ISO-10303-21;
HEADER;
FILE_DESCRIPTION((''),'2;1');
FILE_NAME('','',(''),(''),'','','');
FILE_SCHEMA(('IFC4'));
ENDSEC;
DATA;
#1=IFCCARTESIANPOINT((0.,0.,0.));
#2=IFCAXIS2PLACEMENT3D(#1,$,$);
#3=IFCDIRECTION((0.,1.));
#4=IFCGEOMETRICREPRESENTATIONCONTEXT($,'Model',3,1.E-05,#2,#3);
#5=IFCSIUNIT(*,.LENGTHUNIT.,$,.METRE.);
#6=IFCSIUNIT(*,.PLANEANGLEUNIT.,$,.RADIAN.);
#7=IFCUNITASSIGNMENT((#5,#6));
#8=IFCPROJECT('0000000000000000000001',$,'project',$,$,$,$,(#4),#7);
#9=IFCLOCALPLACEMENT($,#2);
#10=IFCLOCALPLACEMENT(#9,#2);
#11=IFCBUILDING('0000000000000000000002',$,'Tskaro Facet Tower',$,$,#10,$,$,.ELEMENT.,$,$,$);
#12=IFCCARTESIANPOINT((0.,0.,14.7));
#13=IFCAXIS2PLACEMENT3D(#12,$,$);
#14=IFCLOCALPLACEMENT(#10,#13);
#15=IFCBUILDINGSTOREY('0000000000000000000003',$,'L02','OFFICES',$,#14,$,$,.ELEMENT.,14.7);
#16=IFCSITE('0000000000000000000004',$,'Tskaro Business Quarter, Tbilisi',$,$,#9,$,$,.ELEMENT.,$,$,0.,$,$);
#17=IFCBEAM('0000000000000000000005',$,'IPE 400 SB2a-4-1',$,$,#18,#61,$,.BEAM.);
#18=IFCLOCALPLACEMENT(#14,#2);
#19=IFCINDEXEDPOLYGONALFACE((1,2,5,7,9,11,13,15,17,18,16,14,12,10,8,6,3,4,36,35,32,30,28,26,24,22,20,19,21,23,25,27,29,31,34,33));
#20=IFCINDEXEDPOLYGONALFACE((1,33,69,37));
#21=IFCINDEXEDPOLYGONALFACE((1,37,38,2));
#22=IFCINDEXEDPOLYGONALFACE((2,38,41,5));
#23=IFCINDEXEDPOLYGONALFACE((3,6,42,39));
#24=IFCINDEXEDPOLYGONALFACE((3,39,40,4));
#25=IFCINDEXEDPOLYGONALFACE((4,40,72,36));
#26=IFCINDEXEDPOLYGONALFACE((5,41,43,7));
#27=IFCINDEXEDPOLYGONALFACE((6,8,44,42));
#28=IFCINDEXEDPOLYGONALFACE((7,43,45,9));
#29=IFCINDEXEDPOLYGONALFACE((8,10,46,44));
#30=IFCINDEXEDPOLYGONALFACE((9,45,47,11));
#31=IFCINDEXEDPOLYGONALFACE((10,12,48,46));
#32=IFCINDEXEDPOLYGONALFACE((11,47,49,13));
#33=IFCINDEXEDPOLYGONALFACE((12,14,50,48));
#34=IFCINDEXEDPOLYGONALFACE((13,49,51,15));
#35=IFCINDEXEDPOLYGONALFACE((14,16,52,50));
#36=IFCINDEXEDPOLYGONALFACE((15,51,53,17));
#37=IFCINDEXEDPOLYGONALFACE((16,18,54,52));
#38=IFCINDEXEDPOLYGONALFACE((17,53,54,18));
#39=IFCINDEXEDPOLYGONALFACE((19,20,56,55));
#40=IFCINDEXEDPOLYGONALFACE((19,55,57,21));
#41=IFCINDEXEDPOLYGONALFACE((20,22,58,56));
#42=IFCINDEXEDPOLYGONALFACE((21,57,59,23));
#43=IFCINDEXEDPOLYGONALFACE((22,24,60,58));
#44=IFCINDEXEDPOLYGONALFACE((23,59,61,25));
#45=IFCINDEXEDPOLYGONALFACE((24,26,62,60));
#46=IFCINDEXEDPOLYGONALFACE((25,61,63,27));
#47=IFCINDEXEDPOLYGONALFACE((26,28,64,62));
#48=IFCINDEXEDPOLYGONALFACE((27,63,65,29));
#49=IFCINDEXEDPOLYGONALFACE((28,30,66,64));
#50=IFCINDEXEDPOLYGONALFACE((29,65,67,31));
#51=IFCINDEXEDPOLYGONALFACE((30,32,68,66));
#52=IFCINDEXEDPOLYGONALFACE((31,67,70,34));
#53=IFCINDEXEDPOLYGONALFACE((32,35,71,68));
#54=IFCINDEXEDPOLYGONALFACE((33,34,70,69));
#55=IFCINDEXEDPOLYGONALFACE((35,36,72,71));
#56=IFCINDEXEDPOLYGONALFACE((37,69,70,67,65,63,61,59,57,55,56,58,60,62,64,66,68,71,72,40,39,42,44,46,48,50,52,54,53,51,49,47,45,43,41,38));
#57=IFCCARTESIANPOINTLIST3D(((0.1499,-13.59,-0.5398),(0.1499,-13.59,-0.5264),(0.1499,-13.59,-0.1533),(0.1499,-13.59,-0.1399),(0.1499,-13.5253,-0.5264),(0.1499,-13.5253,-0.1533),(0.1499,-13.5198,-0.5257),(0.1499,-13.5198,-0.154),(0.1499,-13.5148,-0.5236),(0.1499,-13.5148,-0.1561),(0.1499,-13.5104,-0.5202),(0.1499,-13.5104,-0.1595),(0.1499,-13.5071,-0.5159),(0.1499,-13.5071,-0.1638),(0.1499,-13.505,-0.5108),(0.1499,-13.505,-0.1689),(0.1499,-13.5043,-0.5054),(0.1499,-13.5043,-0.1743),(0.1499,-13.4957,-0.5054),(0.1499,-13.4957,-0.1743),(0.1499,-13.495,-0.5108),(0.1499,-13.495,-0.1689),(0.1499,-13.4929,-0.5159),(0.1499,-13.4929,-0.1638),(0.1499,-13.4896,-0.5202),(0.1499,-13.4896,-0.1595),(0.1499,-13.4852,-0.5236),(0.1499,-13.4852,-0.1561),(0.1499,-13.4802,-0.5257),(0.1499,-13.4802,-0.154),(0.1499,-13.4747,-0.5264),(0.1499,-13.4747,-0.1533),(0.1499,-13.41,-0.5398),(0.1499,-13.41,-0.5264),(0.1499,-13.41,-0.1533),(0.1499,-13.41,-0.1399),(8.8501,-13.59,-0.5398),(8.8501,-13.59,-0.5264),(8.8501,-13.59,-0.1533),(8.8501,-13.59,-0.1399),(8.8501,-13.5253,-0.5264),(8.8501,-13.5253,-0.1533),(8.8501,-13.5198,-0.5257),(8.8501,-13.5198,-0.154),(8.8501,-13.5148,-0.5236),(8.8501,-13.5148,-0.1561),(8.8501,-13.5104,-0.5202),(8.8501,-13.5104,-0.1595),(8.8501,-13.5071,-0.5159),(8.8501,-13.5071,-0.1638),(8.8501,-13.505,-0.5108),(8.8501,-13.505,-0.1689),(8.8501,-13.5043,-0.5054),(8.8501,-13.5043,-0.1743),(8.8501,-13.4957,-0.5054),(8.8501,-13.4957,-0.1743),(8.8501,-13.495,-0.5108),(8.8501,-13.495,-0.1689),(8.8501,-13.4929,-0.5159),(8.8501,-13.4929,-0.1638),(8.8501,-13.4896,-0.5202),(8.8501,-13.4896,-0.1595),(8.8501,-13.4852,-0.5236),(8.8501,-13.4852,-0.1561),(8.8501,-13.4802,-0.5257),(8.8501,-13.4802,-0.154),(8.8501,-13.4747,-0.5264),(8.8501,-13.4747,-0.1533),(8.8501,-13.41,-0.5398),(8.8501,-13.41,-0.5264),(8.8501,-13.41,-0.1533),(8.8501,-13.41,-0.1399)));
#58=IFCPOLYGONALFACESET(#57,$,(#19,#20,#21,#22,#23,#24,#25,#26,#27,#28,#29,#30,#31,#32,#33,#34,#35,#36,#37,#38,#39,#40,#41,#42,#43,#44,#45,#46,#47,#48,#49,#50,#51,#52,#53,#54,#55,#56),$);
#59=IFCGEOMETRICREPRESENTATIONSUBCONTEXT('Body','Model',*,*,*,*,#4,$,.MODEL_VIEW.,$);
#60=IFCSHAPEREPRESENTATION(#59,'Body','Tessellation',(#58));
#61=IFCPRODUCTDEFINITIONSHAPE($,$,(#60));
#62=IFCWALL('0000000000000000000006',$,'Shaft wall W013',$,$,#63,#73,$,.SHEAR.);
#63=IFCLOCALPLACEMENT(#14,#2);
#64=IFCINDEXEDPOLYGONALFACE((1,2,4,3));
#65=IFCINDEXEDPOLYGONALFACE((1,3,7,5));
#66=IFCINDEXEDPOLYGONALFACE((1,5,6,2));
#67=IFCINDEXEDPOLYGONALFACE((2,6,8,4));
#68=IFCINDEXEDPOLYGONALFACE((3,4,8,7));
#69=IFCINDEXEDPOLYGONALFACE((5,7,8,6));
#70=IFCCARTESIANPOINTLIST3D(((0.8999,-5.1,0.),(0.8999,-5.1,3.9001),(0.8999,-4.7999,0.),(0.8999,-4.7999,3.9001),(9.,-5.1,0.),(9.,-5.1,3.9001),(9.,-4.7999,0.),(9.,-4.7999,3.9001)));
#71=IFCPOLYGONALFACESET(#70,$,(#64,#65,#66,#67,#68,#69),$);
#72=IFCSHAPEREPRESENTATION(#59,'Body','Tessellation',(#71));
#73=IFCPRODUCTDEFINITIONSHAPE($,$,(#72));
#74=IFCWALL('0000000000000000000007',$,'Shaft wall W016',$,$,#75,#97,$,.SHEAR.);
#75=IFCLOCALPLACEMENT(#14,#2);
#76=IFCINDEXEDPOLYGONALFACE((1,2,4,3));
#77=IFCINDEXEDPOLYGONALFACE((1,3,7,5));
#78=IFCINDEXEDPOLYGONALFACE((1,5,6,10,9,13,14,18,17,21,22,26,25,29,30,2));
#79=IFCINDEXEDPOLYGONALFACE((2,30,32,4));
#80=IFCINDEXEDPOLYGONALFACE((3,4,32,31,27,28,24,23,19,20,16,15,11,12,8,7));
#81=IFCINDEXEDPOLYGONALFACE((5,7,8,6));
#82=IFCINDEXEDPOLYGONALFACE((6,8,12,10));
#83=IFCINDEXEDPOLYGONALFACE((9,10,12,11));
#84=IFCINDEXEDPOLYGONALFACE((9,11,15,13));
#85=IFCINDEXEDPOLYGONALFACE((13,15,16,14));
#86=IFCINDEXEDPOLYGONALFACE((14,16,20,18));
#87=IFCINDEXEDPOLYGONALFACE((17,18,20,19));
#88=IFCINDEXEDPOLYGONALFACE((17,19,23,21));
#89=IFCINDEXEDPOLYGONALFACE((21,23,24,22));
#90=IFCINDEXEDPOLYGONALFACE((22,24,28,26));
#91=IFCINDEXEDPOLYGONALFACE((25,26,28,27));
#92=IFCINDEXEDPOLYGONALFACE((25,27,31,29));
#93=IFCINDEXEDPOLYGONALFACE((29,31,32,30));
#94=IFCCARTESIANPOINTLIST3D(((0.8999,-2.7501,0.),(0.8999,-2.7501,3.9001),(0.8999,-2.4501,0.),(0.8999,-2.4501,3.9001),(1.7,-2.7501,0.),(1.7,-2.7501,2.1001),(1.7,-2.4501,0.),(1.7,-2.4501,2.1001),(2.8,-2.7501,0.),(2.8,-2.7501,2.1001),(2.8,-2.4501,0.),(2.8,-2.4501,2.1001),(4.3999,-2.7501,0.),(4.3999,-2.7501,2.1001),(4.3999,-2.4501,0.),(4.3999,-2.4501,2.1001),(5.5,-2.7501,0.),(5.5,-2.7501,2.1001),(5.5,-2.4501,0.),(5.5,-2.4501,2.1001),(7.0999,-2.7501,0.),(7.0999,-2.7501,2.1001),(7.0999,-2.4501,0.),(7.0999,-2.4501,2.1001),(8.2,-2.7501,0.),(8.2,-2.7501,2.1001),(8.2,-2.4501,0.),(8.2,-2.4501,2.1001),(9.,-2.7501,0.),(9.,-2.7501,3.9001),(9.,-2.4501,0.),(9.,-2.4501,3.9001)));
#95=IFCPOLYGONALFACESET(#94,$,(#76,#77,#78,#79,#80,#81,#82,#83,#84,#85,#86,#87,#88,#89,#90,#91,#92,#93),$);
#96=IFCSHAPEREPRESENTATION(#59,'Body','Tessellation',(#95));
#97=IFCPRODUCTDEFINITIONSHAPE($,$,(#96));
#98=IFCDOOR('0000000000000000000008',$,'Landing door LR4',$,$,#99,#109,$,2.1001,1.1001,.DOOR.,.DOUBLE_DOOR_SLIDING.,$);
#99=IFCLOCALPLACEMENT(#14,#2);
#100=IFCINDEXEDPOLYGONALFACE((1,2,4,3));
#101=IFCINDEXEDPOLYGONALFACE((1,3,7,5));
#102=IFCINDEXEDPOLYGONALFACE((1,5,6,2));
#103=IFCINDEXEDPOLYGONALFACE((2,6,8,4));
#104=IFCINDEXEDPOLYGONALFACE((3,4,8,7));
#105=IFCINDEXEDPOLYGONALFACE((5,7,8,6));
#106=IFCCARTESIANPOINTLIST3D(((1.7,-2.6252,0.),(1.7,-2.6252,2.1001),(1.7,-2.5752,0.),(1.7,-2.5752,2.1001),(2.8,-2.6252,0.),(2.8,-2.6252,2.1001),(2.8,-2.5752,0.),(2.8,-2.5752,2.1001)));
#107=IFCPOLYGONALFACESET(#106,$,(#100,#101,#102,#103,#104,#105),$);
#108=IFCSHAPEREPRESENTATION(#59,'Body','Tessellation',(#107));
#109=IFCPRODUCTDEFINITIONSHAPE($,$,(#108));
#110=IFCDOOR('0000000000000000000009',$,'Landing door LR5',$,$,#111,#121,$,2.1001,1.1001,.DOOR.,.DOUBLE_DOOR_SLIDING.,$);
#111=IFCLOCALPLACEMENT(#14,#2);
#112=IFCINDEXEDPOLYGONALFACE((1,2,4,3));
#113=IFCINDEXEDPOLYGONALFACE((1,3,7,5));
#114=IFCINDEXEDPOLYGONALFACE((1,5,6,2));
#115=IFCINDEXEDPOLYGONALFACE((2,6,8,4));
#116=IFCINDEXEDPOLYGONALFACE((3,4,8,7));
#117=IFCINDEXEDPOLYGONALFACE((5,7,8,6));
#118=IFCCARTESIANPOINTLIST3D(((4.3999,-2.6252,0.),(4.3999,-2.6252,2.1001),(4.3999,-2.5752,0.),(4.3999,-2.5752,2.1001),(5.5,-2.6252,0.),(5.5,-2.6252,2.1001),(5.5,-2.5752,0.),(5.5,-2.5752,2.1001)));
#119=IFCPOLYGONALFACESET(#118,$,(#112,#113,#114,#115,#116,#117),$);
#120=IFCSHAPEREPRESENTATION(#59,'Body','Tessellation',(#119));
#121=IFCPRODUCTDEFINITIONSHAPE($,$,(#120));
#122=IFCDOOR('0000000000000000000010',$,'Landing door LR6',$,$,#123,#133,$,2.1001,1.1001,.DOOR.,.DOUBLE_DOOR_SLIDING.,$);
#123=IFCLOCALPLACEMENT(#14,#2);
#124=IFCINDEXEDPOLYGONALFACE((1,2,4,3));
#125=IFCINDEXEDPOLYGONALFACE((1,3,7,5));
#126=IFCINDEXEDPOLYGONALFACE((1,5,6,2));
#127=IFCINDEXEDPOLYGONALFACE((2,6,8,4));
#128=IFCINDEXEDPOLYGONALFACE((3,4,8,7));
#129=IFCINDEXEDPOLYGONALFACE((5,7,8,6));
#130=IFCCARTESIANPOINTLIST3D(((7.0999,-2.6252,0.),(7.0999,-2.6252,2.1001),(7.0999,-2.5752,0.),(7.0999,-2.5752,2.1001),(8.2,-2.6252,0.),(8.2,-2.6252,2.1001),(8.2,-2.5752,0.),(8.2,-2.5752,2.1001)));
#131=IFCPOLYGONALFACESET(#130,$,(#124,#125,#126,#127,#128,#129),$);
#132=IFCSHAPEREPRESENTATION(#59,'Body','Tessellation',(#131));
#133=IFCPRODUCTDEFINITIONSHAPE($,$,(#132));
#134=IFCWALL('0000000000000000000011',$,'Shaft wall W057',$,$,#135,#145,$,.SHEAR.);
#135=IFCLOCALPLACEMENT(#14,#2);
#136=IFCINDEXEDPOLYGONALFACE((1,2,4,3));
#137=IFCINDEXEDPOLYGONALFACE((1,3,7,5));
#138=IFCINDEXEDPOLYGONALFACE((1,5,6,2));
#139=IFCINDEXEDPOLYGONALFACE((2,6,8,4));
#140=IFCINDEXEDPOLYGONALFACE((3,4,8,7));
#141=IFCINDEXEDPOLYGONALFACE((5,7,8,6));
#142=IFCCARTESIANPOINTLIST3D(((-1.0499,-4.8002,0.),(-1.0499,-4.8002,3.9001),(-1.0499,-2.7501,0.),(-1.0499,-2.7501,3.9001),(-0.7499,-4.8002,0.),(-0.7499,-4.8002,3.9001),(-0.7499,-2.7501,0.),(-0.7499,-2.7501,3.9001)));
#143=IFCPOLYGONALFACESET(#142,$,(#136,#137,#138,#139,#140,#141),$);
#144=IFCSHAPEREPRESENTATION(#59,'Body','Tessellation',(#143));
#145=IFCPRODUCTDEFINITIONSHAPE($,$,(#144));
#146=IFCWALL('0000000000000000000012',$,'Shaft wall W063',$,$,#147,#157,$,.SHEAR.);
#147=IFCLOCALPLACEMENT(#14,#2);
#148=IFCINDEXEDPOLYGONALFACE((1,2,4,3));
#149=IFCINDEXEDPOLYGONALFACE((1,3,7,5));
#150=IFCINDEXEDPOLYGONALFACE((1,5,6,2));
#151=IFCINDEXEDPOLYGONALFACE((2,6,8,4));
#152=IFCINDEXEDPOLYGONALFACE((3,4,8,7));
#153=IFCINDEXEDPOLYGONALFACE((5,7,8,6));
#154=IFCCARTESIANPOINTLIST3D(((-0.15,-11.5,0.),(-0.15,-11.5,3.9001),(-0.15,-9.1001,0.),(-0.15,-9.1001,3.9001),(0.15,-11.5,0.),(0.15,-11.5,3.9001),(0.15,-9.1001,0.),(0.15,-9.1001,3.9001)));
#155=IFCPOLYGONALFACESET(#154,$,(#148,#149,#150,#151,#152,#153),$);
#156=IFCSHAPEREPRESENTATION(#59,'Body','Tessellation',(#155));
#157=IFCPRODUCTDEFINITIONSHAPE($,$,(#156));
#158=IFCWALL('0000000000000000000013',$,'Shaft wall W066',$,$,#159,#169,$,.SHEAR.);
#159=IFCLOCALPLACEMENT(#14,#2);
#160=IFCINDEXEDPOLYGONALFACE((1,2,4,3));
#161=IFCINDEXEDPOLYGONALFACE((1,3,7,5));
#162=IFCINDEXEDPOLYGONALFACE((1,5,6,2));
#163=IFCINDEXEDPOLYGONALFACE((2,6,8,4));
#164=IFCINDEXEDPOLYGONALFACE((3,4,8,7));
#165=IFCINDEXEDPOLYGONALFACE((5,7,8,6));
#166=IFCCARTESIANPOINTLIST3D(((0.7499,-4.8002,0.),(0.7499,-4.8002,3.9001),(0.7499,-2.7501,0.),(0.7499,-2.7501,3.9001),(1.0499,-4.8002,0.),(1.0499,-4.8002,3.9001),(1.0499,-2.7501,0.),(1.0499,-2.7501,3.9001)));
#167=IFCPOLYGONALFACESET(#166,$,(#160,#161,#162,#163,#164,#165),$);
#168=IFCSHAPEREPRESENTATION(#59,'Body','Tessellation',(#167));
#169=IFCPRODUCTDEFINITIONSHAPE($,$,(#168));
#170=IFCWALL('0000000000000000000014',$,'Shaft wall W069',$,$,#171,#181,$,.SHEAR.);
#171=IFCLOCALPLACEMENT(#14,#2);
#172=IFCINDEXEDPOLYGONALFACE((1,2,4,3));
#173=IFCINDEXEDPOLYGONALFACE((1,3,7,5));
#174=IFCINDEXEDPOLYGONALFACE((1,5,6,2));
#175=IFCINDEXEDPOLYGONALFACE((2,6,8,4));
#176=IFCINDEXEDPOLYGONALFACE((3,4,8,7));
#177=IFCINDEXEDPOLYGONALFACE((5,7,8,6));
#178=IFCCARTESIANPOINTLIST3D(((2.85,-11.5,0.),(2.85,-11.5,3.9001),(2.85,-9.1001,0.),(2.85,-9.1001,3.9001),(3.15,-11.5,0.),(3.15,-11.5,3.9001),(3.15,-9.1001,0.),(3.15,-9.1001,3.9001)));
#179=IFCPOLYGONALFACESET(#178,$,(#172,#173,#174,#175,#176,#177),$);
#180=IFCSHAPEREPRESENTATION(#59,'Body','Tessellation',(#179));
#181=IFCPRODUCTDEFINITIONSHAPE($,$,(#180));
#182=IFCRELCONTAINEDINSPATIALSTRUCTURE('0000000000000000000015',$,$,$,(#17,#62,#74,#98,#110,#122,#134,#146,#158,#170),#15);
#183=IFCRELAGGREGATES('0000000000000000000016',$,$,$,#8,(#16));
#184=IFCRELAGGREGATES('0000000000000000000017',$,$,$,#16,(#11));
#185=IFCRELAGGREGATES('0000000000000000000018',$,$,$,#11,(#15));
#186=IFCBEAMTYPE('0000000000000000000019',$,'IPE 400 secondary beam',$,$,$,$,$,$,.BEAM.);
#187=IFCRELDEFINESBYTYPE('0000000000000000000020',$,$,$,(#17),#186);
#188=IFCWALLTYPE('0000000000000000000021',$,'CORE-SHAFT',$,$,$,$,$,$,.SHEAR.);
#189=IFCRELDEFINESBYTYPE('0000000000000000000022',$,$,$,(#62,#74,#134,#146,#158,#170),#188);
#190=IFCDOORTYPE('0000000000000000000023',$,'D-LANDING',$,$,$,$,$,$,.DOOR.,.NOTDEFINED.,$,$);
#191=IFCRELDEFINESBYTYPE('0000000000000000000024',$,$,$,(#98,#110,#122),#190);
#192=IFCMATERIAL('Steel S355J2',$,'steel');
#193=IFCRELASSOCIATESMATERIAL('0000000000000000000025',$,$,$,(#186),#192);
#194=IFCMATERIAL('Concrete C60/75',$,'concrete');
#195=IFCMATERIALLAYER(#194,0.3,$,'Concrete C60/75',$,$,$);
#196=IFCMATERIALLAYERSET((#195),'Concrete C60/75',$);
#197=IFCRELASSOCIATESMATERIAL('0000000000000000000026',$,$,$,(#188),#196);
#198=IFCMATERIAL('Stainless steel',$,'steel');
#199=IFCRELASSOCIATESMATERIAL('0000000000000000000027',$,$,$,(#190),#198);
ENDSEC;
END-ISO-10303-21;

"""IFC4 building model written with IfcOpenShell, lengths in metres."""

from ifc_helpers import new_model, si_unit, direction, frame, frame_2d, origin, origin_2d, place, context, subcontext, project, spatial, rectangle, i_section, extrude, material, layer, layer_set, material_profile, profile_set, type_object, element, fill, save


model = new_model("IFC4")

# Units and contexts
model_context = context("Model", 3, precision=1e-05, world=origin(), true_north=direction((0.0, 1.0)))
body_context = subcontext(model_context, "Body", "Model", "MODEL_VIEW")
ifc_project = project(units=[si_unit("LENGTHUNIT", "METRE"), si_unit("PLANEANGLEUNIT", "RADIAN")], contexts=[model_context])

# Site, building, storey
site_placement = place(None, origin())
site = spatial("IfcSite", under=ifc_project, at=site_placement, Name="Tskaro Business Quarter, Tbilisi", CompositionType="ELEMENT", RefElevation=0.0)
building_placement = place(site_placement, origin())
building = spatial("IfcBuilding", under=site, at=building_placement, Name="Tskaro Facet Tower", CompositionType="ELEMENT")
storey_placement = place(building_placement, frame((0.0, 0.0, 14.7)))
storey = spatial("IfcBuildingStorey", under=building, at=storey_placement, Name="L02", Description="OFFICES", CompositionType="ELEMENT", Elevation=14.7)

# Beam
ifc_material_1 = material(Name="Steel S355J2", Category="steel")
ifc_material_profile = material_profile(ifc_material_1, i_section(OverallWidth=0.1799, OverallDepth=0.3999, WebThickness=0.0085, FlangeThickness=0.0134, FilletRadius=0.021, at=origin_2d()), Name="IPE 400")
ifc_profile_set = profile_set([ifc_material_profile], Name="Steel S355J2")
beam_type = type_object("IfcBeamType", Name="IPE 400 secondary beam", PredefinedType="BEAM", material=ifc_profile_set)
beam_placement = place(storey_placement, frame((0.1499, -13.5, -0.3398), z_axis=(1.0, 0.0, 0.0), x_axis=(0.0, 1.0, 0.0)))
element("IfcBeam", 1, at=beam_placement, inside=storey, type_object=beam_type, Name="IPE 400 SB2a-4-1", PredefinedType="BEAM", context=body_context, shape_type="SweptSolid", body=[
    extrude(i_section(OverallWidth=0.1799, OverallDepth=0.3999, WebThickness=0.0085, FlangeThickness=0.0134, FilletRadius=0.021, at=origin_2d()), origin(), (0.0, 0.0, 1.0), 8.7002),
])

# Wall
ifc_material_2 = material(Name="Concrete C60/75", Category="concrete")
ifc_layer_1 = layer(ifc_material_2, 0.3, Name="Concrete C60/75")
ifc_layer_set_1 = layer_set([ifc_layer_1], Name="Concrete C60/75")
wall_type_1 = type_object("IfcWallType", Name="CORE-SHAFT", PredefinedType="SHEAR", material=ifc_layer_set_1)
wall_1_placement = place(storey_placement, frame((0.8999, -4.95, 0.0), z_axis=(0.0, 0.0, 1.0), x_axis=(1.0, 0.0, 0.0)))
element("IfcWall", 2, at=wall_1_placement, inside=storey, type_object=wall_type_1, Name="Shaft wall W013", PredefinedType="SHEAR", context=body_context, shape_type="SweptSolid", body=[
    extrude(rectangle(XDim=8.1001, YDim=0.3, at=frame_2d((4.05, 0.0))), origin(), (0.0, 0.0, 1.0), 3.9001),
])

# Wall, openings, doors
wall_2_placement = place(storey_placement, frame((0.8999, -2.6001, 0.0), z_axis=(0.0, 0.0, 1.0), x_axis=(1.0, 0.0, 0.0)))
wall_2 = element("IfcWall", 3, at=wall_2_placement, inside=storey, type_object=wall_type_1, Name="Shaft wall W016", PredefinedType="SHEAR", context=body_context, shape_type="SweptSolid", body=[
    extrude(rectangle(XDim=8.1001, YDim=0.3, at=frame_2d((4.05, 0.0))), origin(), (0.0, 0.0, 1.0), 3.9001),
])
opening_1_placement = place(wall_2_placement, frame((0.8, 0.0, 0.0)))
opening_1 = element("IfcOpeningElement", 4, at=opening_1_placement, cuts=wall_2, PredefinedType="OPENING", context=body_context, shape_type="SweptSolid", body=[
    extrude(rectangle(XDim=1.1001, YDim=2.1001, at=frame_2d((0.55, 1.05))), frame((0.0, 0.1599, 0.0), z_axis=(0.0, -1.0, 0.0), x_axis=(1.0, 0.0, 0.0)), (0.0, 0.0, 1.0), 0.3201),
])
opening_2_placement = place(wall_2_placement, frame((3.5, 0.0, 0.0)))
opening_2 = element("IfcOpeningElement", 5, at=opening_2_placement, cuts=wall_2, PredefinedType="OPENING", context=body_context, shape_type="SweptSolid", body=[
    extrude(rectangle(XDim=1.1001, YDim=2.1001, at=frame_2d((0.55, 1.05))), frame((0.0, 0.1599, 0.0), z_axis=(0.0, -1.0, 0.0), x_axis=(1.0, 0.0, 0.0)), (0.0, 0.0, 1.0), 0.3201),
])
opening_3_placement = place(wall_2_placement, frame((6.2, 0.0, 0.0)))
opening_3 = element("IfcOpeningElement", 6, at=opening_3_placement, cuts=wall_2, PredefinedType="OPENING", context=body_context, shape_type="SweptSolid", body=[
    extrude(rectangle(XDim=1.1001, YDim=2.1001, at=frame_2d((0.55, 1.05))), frame((0.0, 0.1599, 0.0), z_axis=(0.0, -1.0, 0.0), x_axis=(1.0, 0.0, 0.0)), (0.0, 0.0, 1.0), 0.3201),
])
ifc_material_3 = material(Name="Stainless steel", Category="steel")
door_type_1 = type_object("IfcDoorType", Name="D-LANDING", OperationType="NOTDEFINED", PredefinedType="DOOR", material=ifc_material_3)
door_1_placement = place(opening_1_placement, origin())
door_1 = element("IfcDoor", 7, at=door_1_placement, inside=storey, type_object=door_type_1, Name="Landing door LR4", OperationType="DOUBLE_DOOR_SLIDING", OverallHeight=2.1001, OverallWidth=1.1001, PredefinedType="DOOR", context=body_context, shape_type="SweptSolid", body=[
    extrude(rectangle(XDim=1.1001, YDim=2.1001, at=frame_2d((0.55, 1.05))), frame((0.0, 0.0249, 0.0), z_axis=(0.0, -1.0, 0.0), x_axis=(1.0, 0.0, 0.0)), (0.0, 0.0, 1.0), 0.05),
])
fill(opening_1, door_1)
door_2_placement = place(opening_2_placement, origin())
door_2 = element("IfcDoor", 8, at=door_2_placement, inside=storey, type_object=door_type_1, Name="Landing door LR5", OperationType="DOUBLE_DOOR_SLIDING", OverallHeight=2.1001, OverallWidth=1.1001, PredefinedType="DOOR", context=body_context, shape_type="SweptSolid", body=[
    extrude(rectangle(XDim=1.1001, YDim=2.1001, at=frame_2d((0.55, 1.05))), frame((0.0, 0.0249, 0.0), z_axis=(0.0, -1.0, 0.0), x_axis=(1.0, 0.0, 0.0)), (0.0, 0.0, 1.0), 0.05),
])
fill(opening_2, door_2)
door_3_placement = place(opening_3_placement, origin())
door_3 = element("IfcDoor", 9, at=door_3_placement, inside=storey, type_object=door_type_1, Name="Landing door LR6", OperationType="DOUBLE_DOOR_SLIDING", OverallHeight=2.1001, OverallWidth=1.1001, PredefinedType="DOOR", context=body_context, shape_type="SweptSolid", body=[
    extrude(rectangle(XDim=1.1001, YDim=2.1001, at=frame_2d((0.55, 1.05))), frame((0.0, 0.0249, 0.0), z_axis=(0.0, -1.0, 0.0), x_axis=(1.0, 0.0, 0.0)), (0.0, 0.0, 1.0), 0.05),
])
fill(opening_3, door_3)

# Walls
wall_3_placement = place(storey_placement, frame((-0.8999, -4.8, 0.0), z_axis=(0.0, 0.0, 1.0), x_axis=(0.0, 1.0, 0.0)))
element("IfcWall", 10, at=wall_3_placement, inside=storey, type_object=wall_type_1, Name="Shaft wall W057", PredefinedType="SHEAR", context=body_context, shape_type="SweptSolid", body=[
    extrude(rectangle(XDim=2.05, YDim=0.3, at=frame_2d((1.0249, 0.0))), origin(), (0.0, 0.0, 1.0), 3.9001),
])
wall_4_placement = place(storey_placement, frame((0.0, -11.5, 0.0), z_axis=(0.0, 0.0, 1.0), x_axis=(0.0, 1.0, 0.0)))
element("IfcWall", 11, at=wall_4_placement, inside=storey, type_object=wall_type_1, Name="Shaft wall W063", PredefinedType="SHEAR", context=body_context, shape_type="SweptSolid", body=[
    extrude(rectangle(XDim=2.3999, YDim=0.3, at=frame_2d((1.2, 0.0))), origin(), (0.0, 0.0, 1.0), 3.9001),
])
wall_5_placement = place(storey_placement, frame((0.8999, -4.8, 0.0), z_axis=(0.0, 0.0, 1.0), x_axis=(0.0, 1.0, 0.0)))
element("IfcWall", 12, at=wall_5_placement, inside=storey, type_object=wall_type_1, Name="Shaft wall W066", PredefinedType="SHEAR", context=body_context, shape_type="SweptSolid", body=[
    extrude(rectangle(XDim=2.05, YDim=0.3, at=frame_2d((1.0249, 0.0))), origin(), (0.0, 0.0, 1.0), 3.9001),
])
wall_6_placement = place(storey_placement, frame((3.0, -11.5, 0.0), z_axis=(0.0, 0.0, 1.0), x_axis=(0.0, 1.0, 0.0)))
element("IfcWall", 13, at=wall_6_placement, inside=storey, type_object=wall_type_1, Name="Shaft wall W069", PredefinedType="SHEAR", context=body_context, shape_type="SweptSolid", body=[
    extrude(rectangle(XDim=2.3999, YDim=0.3, at=frame_2d((1.2, 0.0))), origin(), (0.0, 0.0, 1.0), 3.9001),
])

save(model, "model.ifc")
